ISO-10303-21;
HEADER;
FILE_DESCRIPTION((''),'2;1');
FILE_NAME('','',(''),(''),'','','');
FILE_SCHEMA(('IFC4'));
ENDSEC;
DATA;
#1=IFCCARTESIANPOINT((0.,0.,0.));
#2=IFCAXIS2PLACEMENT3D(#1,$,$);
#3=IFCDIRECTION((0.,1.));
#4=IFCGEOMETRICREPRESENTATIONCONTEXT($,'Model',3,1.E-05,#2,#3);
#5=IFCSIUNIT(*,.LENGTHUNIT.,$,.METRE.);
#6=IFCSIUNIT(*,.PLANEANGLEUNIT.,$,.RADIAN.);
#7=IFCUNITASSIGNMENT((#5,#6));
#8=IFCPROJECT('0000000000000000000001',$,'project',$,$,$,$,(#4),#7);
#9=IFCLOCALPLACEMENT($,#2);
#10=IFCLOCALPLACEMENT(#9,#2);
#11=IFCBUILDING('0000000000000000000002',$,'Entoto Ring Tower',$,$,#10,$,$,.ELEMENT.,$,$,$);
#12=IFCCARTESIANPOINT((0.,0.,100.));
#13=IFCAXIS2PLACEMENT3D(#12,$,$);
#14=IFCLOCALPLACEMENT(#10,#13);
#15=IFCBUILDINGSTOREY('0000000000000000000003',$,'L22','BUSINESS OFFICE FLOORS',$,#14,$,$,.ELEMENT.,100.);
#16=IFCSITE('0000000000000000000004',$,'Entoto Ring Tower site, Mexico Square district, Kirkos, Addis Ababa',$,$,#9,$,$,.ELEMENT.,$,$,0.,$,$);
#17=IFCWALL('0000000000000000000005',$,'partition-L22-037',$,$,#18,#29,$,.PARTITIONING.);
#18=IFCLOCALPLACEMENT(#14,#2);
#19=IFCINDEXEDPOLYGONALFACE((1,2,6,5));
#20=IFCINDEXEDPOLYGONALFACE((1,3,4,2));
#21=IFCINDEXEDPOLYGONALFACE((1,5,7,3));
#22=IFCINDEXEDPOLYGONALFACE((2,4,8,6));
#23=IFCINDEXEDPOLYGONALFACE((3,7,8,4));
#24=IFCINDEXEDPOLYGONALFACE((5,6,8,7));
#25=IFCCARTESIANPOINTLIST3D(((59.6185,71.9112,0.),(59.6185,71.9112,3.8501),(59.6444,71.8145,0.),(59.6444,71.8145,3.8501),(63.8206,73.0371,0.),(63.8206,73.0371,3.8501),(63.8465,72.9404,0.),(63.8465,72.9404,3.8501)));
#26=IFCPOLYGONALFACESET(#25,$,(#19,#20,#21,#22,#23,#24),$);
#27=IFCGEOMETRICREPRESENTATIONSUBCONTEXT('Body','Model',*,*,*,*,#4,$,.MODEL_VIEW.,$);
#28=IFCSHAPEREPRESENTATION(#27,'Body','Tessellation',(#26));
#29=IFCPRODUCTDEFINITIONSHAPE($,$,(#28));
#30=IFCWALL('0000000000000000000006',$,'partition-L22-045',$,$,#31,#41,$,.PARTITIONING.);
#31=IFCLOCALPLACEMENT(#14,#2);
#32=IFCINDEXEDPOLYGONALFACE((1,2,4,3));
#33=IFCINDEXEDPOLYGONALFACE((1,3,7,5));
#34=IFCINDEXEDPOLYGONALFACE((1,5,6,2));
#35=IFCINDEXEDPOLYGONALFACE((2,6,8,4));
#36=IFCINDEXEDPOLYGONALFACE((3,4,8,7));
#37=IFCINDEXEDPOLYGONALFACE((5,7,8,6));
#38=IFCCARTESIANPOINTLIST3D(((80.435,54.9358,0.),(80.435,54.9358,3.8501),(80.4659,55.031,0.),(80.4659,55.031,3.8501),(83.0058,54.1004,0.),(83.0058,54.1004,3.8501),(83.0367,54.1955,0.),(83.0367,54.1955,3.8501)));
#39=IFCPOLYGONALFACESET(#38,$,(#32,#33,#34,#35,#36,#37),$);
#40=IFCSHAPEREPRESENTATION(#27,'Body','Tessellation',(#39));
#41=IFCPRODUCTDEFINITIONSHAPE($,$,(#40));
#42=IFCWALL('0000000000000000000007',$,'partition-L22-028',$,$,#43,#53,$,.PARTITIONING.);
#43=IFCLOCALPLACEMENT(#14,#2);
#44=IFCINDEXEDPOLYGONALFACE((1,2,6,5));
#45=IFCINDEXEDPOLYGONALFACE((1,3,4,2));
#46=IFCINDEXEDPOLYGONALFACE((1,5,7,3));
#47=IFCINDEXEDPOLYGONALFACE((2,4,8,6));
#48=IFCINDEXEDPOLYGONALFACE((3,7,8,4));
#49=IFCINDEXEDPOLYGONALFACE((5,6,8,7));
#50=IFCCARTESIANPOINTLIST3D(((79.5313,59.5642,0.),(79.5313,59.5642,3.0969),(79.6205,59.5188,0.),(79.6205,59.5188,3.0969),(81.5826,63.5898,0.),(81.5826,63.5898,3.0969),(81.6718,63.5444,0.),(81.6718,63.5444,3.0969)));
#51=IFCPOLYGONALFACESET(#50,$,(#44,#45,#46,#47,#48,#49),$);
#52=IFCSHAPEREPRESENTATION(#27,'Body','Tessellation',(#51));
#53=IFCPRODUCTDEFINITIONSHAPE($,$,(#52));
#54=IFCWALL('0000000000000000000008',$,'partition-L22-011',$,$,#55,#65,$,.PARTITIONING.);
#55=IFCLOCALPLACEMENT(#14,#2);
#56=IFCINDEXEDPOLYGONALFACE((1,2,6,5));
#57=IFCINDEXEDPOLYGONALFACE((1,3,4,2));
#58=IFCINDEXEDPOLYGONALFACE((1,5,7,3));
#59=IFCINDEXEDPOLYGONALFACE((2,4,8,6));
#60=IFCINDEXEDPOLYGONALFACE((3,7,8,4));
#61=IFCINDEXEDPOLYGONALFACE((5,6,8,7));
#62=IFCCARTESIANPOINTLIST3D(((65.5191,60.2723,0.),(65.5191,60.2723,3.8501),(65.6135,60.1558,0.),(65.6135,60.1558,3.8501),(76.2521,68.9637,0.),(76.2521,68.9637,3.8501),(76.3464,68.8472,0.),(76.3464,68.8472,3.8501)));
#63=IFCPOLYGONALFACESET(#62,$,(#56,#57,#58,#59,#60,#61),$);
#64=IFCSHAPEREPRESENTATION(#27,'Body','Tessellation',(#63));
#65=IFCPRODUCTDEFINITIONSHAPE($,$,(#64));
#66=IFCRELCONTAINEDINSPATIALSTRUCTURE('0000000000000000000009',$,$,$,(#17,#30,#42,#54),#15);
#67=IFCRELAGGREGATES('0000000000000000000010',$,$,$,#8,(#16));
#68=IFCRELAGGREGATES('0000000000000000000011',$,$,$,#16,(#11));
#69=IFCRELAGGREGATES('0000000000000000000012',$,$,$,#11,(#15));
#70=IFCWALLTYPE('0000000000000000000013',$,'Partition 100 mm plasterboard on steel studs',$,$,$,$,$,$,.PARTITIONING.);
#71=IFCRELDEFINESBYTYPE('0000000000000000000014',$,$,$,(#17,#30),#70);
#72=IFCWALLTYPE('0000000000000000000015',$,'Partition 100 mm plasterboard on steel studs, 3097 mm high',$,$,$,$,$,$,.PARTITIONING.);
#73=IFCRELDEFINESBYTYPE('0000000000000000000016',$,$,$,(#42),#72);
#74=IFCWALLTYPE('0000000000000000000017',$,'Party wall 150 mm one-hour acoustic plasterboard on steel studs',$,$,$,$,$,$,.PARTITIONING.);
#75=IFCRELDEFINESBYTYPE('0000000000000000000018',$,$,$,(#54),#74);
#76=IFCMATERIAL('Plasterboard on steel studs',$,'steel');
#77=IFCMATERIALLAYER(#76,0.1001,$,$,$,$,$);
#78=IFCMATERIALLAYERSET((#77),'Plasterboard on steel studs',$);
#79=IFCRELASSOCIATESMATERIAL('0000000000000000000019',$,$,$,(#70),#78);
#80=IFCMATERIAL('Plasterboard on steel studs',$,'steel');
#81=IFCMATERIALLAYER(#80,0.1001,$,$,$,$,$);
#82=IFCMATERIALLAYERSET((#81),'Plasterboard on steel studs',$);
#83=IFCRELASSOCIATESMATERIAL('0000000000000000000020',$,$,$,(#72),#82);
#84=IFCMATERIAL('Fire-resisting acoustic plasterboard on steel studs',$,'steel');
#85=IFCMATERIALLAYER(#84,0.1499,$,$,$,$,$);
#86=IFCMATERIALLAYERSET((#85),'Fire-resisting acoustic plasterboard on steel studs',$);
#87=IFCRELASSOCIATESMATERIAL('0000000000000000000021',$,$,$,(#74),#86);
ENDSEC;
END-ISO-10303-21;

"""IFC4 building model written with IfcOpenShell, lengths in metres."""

from ifc_helpers import new_model, si_unit, direction, frame, frame_2d, origin, place, context, subcontext, project, spatial, rectangle, extrude, material, layer, layer_set, type_object, element, save


model = new_model("IFC4")

# Units and contexts
model_context = context("Model", 3, precision=1e-05, world=origin(), true_north=direction((0.0, 1.0)))
body_context = subcontext(model_context, "Body", "Model", "MODEL_VIEW")
ifc_project = project(units=[si_unit("LENGTHUNIT", "METRE"), si_unit("PLANEANGLEUNIT", "RADIAN")], contexts=[model_context])

# Site, building, storey
site_placement = place(None, origin())
site = spatial("IfcSite", under=ifc_project, at=site_placement, Name="Entoto Ring Tower site, Mexico Square district, Kirkos, Addis Ababa", CompositionType="ELEMENT", RefElevation=0.0)
building_placement = place(site_placement, origin())
building = spatial("IfcBuilding", under=site, at=building_placement, Name="Entoto Ring Tower", CompositionType="ELEMENT")
storey_placement = place(building_placement, frame((0.0, 0.0, 100.0)))
storey = spatial("IfcBuildingStorey", under=building, at=storey_placement, Name="L22", Description="BUSINESS OFFICE FLOORS", CompositionType="ELEMENT", Elevation=100.0)

# Shared definitions
ifc_material_1 = material(Name="Plasterboard on steel studs", Category="steel")
ifc_layer_1 = layer(ifc_material_1, 0.1001)
ifc_layer_set_1 = layer_set([ifc_layer_1], Name="Plasterboard on steel studs")
wall_type_1 = type_object("IfcWallType", Name="Partition 100 mm plasterboard on steel studs", PredefinedType="PARTITIONING", material=ifc_layer_set_1)

# Walls
wall_1_placement = place(storey_placement, frame((59.6313, 71.8628, 0.0), z_axis=(0.0, 0.0, 1.0), x_axis=(0.965925, 0.258822, 0.0)))
element("IfcWall", 1, at=wall_1_placement, inside=storey, type_object=wall_type_1, Name="partition-L22-037", PredefinedType="PARTITIONING", context=body_context, shape_type="SweptSolid", body=[
    extrude(rectangle(XDim=4.3503, YDim=0.1001, at=frame_2d((2.1753, 0.0))), origin(), (0.0, 0.0, 1.0), 3.8501),
])
wall_2_placement = place(storey_placement, frame((83.0212, 54.1479, 0.0), z_axis=(0.0, 0.0, 1.0), x_axis=(-0.951041, 0.309066, 0.0)))
element("IfcWall", 2, at=wall_2_placement, inside=storey, type_object=wall_type_1, Name="partition-L22-045", PredefinedType="PARTITIONING", context=body_context, shape_type="SweptSolid", body=[
    extrude(rectangle(XDim=2.7031, YDim=0.1001, at=frame_2d((1.3516, 0.0))), origin(), (0.0, 0.0, 1.0), 3.8501),
])
ifc_material_2 = material(Name="Plasterboard on steel studs", Category="steel")
ifc_layer_2 = layer(ifc_material_2, 0.1001)
ifc_layer_set_2 = layer_set([ifc_layer_2], Name="Plasterboard on steel studs")
wall_type_2 = type_object("IfcWallType", Name="Partition 100 mm plasterboard on steel studs, 3097 mm high", PredefinedType="PARTITIONING", material=ifc_layer_set_2)
wall_3_placement = place(storey_placement, frame((79.5759, 59.5415, 0.0), z_axis=(0.0, 0.0, 1.0), x_axis=(0.454009, 0.890997, 0.0)))
element("IfcWall", 3, at=wall_3_placement, inside=storey, type_object=wall_type_2, Name="partition-L22-028", PredefinedType="PARTITIONING", context=body_context, shape_type="SweptSolid", body=[
    extrude(rectangle(XDim=4.5181, YDim=0.1001, at=frame_2d((2.259, 0.0))), origin(), (0.0, 0.0, 1.0), 3.0969),
])
ifc_material_3 = material(Name="Fire-resisting acoustic plasterboard on steel studs", Category="steel")
ifc_layer_3 = layer(ifc_material_3, 0.1499)
ifc_layer_set_3 = layer_set([ifc_layer_3], Name="Fire-resisting acoustic plasterboard on steel studs")
wall_type_3 = type_object("IfcWallType", Name="Party wall 150 mm one-hour acoustic plasterboard on steel studs", PredefinedType="PARTITIONING", material=ifc_layer_set_3)
wall_4_placement = place(storey_placement, frame((65.5664, 60.2141, 0.0), z_axis=(0.0, 0.0, 1.0), x_axis=(0.777144, 0.629323, 0.0)))
element("IfcWall", 4, at=wall_4_placement, inside=storey, type_object=wall_type_3, Name="partition-L22-011", PredefinedType="PARTITIONING", context=body_context, shape_type="SweptSolid", body=[
    extrude(rectangle(XDim=13.8108, YDim=0.1499, at=frame_2d((6.9053, 0.0))), origin(), (0.0, 0.0, 1.0), 3.8501),
])

save(model, "model.ifc")
